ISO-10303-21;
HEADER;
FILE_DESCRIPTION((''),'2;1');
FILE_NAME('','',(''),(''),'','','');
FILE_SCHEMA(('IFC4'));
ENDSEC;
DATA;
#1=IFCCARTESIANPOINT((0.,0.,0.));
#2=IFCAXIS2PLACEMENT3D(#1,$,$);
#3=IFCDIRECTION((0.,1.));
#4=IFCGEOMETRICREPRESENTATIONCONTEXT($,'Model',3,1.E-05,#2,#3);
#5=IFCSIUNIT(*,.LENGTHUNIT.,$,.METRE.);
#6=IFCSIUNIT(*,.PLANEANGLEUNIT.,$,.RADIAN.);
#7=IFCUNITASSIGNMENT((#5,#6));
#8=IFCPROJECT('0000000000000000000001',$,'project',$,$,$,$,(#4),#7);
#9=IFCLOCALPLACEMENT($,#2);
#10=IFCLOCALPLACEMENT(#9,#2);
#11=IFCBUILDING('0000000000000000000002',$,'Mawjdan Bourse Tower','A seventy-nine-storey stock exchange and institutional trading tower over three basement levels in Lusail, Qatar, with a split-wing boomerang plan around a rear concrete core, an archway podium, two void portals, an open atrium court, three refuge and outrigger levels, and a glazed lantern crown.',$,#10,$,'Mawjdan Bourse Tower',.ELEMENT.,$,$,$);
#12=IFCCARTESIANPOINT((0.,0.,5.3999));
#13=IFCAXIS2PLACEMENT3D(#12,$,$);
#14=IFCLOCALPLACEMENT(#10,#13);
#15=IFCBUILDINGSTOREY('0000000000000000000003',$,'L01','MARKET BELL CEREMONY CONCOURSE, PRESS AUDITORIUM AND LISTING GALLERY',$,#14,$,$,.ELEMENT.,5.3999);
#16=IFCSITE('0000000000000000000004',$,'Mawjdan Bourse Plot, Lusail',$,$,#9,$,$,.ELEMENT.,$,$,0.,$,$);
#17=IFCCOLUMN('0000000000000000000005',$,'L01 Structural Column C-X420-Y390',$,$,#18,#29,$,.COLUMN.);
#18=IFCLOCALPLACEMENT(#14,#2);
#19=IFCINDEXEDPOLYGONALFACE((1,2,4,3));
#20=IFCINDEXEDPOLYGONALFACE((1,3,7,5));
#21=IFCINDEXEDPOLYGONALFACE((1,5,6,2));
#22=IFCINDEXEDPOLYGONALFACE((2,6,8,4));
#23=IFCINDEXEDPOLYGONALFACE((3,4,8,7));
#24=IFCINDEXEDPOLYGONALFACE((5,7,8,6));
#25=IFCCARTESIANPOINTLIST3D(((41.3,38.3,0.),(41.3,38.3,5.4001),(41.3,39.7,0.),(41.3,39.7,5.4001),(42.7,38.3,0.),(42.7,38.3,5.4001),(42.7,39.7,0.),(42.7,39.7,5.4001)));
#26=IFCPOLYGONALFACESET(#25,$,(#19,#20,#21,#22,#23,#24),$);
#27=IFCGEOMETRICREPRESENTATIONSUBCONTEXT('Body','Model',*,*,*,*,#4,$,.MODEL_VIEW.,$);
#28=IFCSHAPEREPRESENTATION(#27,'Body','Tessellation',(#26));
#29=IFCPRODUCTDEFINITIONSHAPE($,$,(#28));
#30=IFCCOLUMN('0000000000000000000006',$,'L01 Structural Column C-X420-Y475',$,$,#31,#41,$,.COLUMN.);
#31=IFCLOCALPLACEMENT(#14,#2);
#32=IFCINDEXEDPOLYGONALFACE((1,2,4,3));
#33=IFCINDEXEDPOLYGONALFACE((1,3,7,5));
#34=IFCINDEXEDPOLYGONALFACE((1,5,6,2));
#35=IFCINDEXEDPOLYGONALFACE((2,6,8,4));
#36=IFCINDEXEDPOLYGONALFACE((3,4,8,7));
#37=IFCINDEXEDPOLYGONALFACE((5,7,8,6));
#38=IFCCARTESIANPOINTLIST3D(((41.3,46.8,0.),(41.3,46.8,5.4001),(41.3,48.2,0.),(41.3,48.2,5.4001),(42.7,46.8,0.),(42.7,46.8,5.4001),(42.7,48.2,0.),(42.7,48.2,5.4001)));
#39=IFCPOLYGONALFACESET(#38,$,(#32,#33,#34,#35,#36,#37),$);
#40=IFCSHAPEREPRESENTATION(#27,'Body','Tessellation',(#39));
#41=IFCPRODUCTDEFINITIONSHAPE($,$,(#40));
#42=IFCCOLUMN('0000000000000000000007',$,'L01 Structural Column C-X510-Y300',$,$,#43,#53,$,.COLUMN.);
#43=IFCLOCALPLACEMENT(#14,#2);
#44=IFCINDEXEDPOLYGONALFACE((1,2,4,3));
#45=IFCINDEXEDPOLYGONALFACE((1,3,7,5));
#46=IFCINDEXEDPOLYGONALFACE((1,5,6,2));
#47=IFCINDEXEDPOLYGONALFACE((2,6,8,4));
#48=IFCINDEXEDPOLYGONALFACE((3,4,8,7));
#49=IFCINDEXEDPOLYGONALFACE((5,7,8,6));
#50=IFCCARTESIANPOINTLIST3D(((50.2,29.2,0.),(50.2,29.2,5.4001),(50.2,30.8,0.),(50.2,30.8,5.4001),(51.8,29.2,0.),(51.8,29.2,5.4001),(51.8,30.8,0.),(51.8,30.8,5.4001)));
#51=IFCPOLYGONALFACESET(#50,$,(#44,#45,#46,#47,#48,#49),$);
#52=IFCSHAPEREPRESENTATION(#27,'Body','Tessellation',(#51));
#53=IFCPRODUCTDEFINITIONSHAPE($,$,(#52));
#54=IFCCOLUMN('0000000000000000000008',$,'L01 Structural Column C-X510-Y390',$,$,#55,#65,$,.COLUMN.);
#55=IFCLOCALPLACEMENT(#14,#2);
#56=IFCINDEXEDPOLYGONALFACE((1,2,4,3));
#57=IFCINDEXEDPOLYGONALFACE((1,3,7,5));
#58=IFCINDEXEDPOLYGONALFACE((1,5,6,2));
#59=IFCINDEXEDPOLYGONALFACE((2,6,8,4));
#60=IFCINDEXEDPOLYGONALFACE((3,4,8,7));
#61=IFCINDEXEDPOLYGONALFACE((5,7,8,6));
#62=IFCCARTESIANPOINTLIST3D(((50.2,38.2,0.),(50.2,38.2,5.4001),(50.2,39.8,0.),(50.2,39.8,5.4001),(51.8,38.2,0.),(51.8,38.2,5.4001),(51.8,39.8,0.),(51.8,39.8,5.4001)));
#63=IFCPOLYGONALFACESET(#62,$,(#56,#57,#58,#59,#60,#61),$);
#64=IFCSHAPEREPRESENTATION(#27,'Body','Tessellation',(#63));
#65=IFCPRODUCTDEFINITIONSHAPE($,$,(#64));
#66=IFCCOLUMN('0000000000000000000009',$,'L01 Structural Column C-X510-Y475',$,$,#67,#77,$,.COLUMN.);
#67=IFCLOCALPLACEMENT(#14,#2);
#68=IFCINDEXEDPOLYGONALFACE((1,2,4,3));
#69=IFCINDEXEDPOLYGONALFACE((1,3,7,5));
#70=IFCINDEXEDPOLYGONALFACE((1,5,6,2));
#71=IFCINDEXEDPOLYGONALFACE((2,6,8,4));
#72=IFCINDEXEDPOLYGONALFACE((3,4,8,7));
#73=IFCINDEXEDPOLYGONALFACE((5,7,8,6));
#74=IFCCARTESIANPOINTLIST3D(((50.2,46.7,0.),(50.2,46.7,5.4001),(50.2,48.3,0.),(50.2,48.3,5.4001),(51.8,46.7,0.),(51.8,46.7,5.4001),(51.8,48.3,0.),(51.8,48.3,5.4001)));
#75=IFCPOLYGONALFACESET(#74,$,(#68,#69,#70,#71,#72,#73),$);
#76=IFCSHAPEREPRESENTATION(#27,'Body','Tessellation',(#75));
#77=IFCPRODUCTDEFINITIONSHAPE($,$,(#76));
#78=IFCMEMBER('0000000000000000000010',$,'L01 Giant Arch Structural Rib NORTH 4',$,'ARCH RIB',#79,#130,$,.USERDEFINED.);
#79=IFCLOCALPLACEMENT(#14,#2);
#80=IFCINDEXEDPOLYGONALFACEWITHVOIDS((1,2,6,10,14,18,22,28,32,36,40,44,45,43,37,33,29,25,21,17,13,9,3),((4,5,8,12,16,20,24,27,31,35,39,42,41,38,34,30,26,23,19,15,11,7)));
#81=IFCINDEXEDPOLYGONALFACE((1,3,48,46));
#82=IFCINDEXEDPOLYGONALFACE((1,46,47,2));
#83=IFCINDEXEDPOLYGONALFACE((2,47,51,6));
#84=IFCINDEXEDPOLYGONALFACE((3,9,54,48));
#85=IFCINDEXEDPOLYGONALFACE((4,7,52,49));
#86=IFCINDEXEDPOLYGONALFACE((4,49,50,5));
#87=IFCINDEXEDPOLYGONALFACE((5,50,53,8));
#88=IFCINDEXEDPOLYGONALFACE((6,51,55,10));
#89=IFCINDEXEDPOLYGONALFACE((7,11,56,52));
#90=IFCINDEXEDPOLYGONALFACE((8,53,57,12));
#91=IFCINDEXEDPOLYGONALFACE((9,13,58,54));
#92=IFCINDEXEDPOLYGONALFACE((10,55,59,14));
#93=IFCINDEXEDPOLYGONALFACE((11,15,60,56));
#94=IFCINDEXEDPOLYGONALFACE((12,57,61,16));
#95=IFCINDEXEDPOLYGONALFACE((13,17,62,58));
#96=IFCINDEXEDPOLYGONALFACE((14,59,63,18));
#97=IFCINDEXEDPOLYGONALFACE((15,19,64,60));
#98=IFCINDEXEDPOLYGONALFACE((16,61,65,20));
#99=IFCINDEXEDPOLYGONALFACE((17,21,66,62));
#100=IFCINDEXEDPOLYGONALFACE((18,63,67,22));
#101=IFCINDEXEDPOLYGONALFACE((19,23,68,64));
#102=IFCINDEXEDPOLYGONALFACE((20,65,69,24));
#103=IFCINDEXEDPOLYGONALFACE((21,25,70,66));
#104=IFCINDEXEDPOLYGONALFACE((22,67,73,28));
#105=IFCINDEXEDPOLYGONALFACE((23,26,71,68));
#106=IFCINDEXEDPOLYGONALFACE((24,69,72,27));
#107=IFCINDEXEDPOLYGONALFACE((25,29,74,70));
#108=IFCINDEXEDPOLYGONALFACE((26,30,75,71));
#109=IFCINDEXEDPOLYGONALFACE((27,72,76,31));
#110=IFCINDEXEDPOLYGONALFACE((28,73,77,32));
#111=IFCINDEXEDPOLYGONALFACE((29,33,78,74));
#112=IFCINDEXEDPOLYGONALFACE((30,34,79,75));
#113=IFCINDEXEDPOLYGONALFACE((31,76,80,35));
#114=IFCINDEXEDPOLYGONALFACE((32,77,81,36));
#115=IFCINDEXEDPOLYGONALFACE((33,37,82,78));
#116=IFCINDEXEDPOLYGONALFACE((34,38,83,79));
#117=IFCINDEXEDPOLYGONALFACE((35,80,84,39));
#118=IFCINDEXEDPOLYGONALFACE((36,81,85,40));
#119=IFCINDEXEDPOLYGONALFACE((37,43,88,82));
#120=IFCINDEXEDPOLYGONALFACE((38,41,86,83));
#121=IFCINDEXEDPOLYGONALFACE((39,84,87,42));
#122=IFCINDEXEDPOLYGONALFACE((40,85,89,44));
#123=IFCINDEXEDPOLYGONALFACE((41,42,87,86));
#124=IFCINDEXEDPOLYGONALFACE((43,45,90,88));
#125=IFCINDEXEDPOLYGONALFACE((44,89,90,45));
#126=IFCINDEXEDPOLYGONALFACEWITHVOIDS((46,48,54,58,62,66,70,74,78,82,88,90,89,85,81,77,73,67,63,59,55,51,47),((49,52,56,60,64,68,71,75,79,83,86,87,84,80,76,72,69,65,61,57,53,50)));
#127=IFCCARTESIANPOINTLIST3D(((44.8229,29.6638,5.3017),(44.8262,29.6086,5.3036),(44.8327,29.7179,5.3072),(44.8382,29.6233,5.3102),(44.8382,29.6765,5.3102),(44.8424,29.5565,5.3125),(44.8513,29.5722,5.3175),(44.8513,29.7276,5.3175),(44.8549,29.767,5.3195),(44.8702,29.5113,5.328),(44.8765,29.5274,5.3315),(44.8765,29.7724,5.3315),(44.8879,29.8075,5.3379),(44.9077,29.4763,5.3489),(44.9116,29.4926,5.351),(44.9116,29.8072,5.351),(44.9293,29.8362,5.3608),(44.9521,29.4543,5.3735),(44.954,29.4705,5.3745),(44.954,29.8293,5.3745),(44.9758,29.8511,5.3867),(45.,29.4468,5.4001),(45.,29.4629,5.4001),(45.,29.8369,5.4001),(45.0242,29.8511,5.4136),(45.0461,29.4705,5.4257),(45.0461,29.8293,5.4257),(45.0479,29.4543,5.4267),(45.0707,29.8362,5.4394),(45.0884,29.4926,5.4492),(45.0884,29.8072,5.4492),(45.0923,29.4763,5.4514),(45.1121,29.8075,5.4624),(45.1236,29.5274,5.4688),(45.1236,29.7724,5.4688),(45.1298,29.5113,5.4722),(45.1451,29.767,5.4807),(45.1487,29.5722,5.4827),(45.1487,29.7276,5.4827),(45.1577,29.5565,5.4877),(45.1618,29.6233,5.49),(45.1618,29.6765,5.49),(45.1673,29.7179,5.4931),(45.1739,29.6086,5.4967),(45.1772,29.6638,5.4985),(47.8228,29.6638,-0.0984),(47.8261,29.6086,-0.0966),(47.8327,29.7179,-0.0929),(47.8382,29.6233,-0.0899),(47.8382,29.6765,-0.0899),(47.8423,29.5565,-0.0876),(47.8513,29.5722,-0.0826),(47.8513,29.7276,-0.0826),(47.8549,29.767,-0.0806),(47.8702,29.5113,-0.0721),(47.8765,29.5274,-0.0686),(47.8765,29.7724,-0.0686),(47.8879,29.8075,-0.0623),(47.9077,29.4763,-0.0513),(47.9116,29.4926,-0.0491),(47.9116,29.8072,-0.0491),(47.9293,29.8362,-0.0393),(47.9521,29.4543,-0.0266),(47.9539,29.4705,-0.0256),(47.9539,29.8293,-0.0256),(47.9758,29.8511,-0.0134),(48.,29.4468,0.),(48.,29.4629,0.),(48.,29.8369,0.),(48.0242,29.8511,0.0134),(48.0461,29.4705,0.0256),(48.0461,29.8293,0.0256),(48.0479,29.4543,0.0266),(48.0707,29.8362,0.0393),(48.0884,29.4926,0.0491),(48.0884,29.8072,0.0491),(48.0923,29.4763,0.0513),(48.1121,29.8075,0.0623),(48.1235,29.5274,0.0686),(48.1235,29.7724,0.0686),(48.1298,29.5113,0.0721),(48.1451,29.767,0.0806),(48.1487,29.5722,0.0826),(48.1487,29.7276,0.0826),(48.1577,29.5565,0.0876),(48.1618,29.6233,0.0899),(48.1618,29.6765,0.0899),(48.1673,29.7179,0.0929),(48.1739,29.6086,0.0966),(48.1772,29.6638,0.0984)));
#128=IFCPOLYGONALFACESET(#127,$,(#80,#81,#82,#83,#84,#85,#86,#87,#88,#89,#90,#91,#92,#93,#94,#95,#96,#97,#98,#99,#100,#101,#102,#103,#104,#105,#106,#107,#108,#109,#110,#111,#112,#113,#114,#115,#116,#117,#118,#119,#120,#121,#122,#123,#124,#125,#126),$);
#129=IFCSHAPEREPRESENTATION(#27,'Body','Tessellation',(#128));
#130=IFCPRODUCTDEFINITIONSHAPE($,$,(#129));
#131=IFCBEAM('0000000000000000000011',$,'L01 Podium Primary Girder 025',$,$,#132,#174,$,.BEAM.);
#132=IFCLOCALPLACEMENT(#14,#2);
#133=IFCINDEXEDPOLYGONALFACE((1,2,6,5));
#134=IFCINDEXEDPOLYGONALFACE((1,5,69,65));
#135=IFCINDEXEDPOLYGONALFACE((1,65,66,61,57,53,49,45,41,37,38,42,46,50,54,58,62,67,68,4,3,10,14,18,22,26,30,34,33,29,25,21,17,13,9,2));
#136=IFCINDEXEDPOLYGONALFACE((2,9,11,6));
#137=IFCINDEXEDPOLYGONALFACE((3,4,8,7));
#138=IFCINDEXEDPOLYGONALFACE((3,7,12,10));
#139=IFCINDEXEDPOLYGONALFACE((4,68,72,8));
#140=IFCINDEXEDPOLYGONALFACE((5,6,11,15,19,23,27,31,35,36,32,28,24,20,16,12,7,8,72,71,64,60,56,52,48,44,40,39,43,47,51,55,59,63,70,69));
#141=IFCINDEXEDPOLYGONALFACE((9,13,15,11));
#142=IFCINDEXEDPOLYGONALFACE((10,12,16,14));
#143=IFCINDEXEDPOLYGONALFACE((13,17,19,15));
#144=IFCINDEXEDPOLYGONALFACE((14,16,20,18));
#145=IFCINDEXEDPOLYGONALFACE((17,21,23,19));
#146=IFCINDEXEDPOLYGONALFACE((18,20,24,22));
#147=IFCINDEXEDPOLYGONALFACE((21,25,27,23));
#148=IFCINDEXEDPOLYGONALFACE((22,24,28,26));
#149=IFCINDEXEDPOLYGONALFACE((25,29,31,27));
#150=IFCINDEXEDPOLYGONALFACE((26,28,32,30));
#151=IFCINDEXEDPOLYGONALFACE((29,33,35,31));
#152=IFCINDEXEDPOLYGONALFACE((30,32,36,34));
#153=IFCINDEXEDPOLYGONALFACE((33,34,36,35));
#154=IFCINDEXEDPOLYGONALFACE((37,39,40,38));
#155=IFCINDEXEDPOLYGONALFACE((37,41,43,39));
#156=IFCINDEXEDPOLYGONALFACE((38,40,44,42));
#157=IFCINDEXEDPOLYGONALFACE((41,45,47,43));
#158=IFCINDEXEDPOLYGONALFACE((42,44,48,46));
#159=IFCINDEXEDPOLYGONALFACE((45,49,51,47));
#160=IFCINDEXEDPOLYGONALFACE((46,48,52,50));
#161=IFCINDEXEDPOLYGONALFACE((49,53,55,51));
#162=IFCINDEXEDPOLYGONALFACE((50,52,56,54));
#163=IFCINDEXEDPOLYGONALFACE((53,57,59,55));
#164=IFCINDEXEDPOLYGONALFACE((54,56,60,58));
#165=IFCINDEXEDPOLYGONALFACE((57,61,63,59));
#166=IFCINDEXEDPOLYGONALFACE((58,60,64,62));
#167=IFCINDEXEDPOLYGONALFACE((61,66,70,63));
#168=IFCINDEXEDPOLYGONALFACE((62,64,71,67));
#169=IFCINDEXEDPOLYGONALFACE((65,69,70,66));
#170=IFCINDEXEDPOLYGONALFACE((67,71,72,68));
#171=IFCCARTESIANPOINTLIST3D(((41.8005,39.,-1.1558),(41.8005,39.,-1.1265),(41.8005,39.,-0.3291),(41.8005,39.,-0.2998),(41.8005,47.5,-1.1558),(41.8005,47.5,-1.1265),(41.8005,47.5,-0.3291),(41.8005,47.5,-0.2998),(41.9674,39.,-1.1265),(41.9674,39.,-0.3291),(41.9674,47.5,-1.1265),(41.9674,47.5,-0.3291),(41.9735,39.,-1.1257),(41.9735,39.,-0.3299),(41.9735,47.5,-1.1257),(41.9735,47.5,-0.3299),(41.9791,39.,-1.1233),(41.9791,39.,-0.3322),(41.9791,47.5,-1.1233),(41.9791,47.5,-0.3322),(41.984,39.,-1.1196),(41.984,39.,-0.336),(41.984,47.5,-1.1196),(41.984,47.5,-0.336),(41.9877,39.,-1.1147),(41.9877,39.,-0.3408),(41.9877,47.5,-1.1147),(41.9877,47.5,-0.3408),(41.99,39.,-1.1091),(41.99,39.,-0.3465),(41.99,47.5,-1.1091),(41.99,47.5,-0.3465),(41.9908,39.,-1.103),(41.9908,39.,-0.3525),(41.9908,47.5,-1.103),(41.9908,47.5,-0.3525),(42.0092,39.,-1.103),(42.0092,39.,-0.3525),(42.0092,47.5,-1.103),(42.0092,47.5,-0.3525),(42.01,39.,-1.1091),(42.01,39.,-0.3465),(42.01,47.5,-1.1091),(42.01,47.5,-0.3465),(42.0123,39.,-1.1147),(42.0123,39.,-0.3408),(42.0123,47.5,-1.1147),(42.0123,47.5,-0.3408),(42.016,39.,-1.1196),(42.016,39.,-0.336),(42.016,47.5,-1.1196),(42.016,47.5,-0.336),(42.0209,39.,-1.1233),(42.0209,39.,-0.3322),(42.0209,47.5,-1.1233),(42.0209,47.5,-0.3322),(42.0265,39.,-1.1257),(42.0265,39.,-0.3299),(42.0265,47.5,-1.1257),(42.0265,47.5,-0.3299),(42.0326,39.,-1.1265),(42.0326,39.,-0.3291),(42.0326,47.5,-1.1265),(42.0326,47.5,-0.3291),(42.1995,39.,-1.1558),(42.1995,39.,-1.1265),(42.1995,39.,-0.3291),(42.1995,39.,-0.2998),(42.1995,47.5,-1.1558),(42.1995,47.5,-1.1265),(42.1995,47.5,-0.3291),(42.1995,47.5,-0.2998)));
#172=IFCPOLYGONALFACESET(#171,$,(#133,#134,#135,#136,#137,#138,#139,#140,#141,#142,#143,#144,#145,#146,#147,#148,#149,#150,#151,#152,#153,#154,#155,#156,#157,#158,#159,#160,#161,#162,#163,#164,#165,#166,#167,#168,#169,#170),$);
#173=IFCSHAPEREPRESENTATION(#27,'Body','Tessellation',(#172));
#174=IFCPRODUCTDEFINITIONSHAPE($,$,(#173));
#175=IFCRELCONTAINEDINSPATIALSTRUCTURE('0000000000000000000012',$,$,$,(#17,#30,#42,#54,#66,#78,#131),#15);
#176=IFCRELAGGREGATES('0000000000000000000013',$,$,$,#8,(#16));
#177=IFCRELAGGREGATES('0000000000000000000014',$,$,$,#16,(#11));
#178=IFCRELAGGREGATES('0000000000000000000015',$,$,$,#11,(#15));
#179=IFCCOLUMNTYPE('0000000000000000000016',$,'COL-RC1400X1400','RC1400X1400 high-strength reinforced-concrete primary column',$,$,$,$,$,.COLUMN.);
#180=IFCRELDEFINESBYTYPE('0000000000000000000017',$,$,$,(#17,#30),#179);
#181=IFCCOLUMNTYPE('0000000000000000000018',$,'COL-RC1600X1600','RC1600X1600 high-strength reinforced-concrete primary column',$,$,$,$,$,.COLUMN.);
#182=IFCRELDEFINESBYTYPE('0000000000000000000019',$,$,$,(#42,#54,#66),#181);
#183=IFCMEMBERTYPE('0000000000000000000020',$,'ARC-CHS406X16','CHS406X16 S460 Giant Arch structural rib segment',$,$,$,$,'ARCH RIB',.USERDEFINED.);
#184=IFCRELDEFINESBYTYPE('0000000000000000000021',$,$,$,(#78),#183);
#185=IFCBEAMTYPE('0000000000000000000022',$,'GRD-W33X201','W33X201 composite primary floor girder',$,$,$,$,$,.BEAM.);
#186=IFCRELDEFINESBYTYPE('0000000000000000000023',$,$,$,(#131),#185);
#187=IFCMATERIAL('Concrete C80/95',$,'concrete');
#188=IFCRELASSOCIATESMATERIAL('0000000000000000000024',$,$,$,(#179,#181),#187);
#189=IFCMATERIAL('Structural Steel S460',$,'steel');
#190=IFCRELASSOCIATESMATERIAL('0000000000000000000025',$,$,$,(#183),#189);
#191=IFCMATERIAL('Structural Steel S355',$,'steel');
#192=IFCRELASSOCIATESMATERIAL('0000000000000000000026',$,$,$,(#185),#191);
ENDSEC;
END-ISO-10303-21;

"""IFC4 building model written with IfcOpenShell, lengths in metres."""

from ifc_helpers import new_model, si_unit, direction, frame, origin, origin_2d, place, context, subcontext, project, spatial, rectangle, hollow_circle, i_section, extrude, material, material_profile, profile_set, type_object, element, save


model = new_model("IFC4")

# Units and contexts
model_context = context("Model", 3, precision=1e-05, world=origin(), true_north=direction((0.0, 1.0)))
body_context = subcontext(model_context, "Body", "Model", "MODEL_VIEW")
ifc_project = project(units=[si_unit("LENGTHUNIT", "METRE"), si_unit("PLANEANGLEUNIT", "RADIAN")], contexts=[model_context])

# Site, building, storey
site_placement = place(None, origin())
site = spatial("IfcSite", under=ifc_project, at=site_placement, Name="Mawjdan Bourse Plot, Lusail", CompositionType="ELEMENT", RefElevation=0.0)
building_placement = place(site_placement, origin())
building = spatial("IfcBuilding", under=site, at=building_placement, Name="Mawjdan Bourse Tower", Description="A seventy-nine-storey stock exchange and institutional trading tower over three basement levels in Lusail, Qatar, with a split-wing boomerang plan around a rear concrete core, an archway podium, two void portals, an open atrium court, three refuge and outrigger levels, and a glazed lantern crown.", LongName="Mawjdan Bourse Tower", CompositionType="ELEMENT")
storey_placement = place(building_placement, frame((0.0, 0.0, 5.3999)))
storey = spatial("IfcBuildingStorey", under=building, at=storey_placement, Name="L01", Description="MARKET BELL CEREMONY CONCOURSE, PRESS AUDITORIUM AND LISTING GALLERY", CompositionType="ELEMENT", Elevation=5.3999)

# Columns
ifc_material_1 = material(Name="Concrete C80/95", Category="concrete")
ifc_material_profile_1 = material_profile(ifc_material_1, rectangle(XDim=1.3999, YDim=1.3999, at=origin_2d()), Name="RC1400X1400")
ifc_profile_set_1 = profile_set([ifc_material_profile_1], Name="Concrete C80/95")
column_type_1 = type_object("IfcColumnType", Name="COL-RC1400X1400", Description="RC1400X1400 high-strength reinforced-concrete primary column", PredefinedType="COLUMN", material=ifc_profile_set_1)
for number, where, z_axis, x_axis, name in (
    (1, (42.0, 39.0, 0.0), (0.0, 0.0, 1.0), (1.0, 0.0, 0.0), "L01 Structural Column C-X420-Y390"),
    (2, (42.0, 47.5, 0.0), (0.0, 0.0, 1.0), (1.0, 0.0, 0.0), "L01 Structural Column C-X420-Y475"),
):
    element("IfcColumn", number, at=place(storey_placement, frame(where, z_axis=z_axis, x_axis=x_axis)), inside=storey, type_object=column_type_1, Name=name, PredefinedType="COLUMN", context=body_context, shape_type="SweptSolid", body=[
        extrude(rectangle(XDim=1.3999, YDim=1.3999, at=origin_2d()), origin(), (0.0, 0.0, 1.0), 5.4001),
    ])
ifc_material_profile_2 = material_profile(ifc_material_1, rectangle(XDim=1.6001, YDim=1.6001, at=origin_2d()), Name="RC1600X1600")
ifc_profile_set_2 = profile_set([ifc_material_profile_2], Name="Concrete C80/95")
column_type_2 = type_object("IfcColumnType", Name="COL-RC1600X1600", Description="RC1600X1600 high-strength reinforced-concrete primary column", PredefinedType="COLUMN", material=ifc_profile_set_2)
for number, where, z_axis, x_axis, name in (
    (3, (51.0, 30.0, 0.0), (0.0, 0.0, 1.0), (1.0, 0.0, 0.0), "L01 Structural Column C-X510-Y300"),
    (4, (51.0, 39.0, 0.0), (0.0, 0.0, 1.0), (1.0, 0.0, 0.0), "L01 Structural Column C-X510-Y390"),
    (5, (51.0, 47.5, 0.0), (0.0, 0.0, 1.0), (1.0, 0.0, 0.0), "L01 Structural Column C-X510-Y475"),
):
    element("IfcColumn", number, at=place(storey_placement, frame(where, z_axis=z_axis, x_axis=x_axis)), inside=storey, type_object=column_type_2, Name=name, PredefinedType="COLUMN", context=body_context, shape_type="SweptSolid", body=[
        extrude(rectangle(XDim=1.6001, YDim=1.6001, at=origin_2d()), origin(), (0.0, 0.0, 1.0), 5.4001),
    ])

# Member
ifc_material_2 = material(Name="Structural Steel S460", Category="steel")
ifc_material_profile_3 = material_profile(ifc_material_2, hollow_circle(Radius=0.2031, WallThickness=0.0161, at=origin_2d()), Name="CHS406X16")
ifc_profile_set_3 = profile_set([ifc_material_profile_3], Name="Structural Steel S460")
member_type_1 = type_object("IfcMemberType", Name="ARC-CHS406X16", Description="CHS406X16 S460 Giant Arch structural rib segment", ElementType="ARCH RIB", PredefinedType="USERDEFINED", material=ifc_profile_set_3)
member_1_placement = place(storey_placement, frame((48.0, 29.6499, 0.0), z_axis=(-0.485633, 0.0, 0.874163), x_axis=(0.0, -1.0, 0.0)))
element("IfcMember", 6, at=member_1_placement, inside=storey, type_object=member_type_1, Name="L01 Giant Arch Structural Rib NORTH 4", ObjectType="ARCH RIB", PredefinedType="USERDEFINED", context=body_context, shape_type="SweptSolid", body=[
    extrude(hollow_circle(Radius=0.2031, WallThickness=0.0161, at=origin_2d()), origin(), (0.0, 0.0, 1.0), 6.1775),
])

# Beam
ifc_material_3 = material(Name="Structural Steel S355", Category="steel")
ifc_material_profile_4 = material_profile(ifc_material_3, i_section(OverallWidth=0.3989, OverallDepth=0.856, WebThickness=0.0183, FlangeThickness=0.0293, FilletRadius=0.0234, at=origin_2d()), Name="W33X201")
ifc_profile_set_4 = profile_set([ifc_material_profile_4], Name="Structural Steel S355")
beam_type_1 = type_object("IfcBeamType", Name="GRD-W33X201", Description="W33X201 composite primary floor girder", PredefinedType="BEAM", material=ifc_profile_set_4)
beam_1_placement = place(storey_placement, frame((42.0, 39.0, -0.7278), z_axis=(0.0, 1.0, 0.0), x_axis=(-1.0, 0.0, 0.0)))
element("IfcBeam", 7, at=beam_1_placement, inside=storey, type_object=beam_type_1, Name="L01 Podium Primary Girder 025", PredefinedType="BEAM", context=body_context, shape_type="SweptSolid", body=[
    extrude(i_section(OverallWidth=0.3989, OverallDepth=0.856, WebThickness=0.0183, FlangeThickness=0.0293, FilletRadius=0.0234, at=origin_2d()), origin(), (0.0, 0.0, 1.0), 8.5),
])

save(model, "model.ifc")
